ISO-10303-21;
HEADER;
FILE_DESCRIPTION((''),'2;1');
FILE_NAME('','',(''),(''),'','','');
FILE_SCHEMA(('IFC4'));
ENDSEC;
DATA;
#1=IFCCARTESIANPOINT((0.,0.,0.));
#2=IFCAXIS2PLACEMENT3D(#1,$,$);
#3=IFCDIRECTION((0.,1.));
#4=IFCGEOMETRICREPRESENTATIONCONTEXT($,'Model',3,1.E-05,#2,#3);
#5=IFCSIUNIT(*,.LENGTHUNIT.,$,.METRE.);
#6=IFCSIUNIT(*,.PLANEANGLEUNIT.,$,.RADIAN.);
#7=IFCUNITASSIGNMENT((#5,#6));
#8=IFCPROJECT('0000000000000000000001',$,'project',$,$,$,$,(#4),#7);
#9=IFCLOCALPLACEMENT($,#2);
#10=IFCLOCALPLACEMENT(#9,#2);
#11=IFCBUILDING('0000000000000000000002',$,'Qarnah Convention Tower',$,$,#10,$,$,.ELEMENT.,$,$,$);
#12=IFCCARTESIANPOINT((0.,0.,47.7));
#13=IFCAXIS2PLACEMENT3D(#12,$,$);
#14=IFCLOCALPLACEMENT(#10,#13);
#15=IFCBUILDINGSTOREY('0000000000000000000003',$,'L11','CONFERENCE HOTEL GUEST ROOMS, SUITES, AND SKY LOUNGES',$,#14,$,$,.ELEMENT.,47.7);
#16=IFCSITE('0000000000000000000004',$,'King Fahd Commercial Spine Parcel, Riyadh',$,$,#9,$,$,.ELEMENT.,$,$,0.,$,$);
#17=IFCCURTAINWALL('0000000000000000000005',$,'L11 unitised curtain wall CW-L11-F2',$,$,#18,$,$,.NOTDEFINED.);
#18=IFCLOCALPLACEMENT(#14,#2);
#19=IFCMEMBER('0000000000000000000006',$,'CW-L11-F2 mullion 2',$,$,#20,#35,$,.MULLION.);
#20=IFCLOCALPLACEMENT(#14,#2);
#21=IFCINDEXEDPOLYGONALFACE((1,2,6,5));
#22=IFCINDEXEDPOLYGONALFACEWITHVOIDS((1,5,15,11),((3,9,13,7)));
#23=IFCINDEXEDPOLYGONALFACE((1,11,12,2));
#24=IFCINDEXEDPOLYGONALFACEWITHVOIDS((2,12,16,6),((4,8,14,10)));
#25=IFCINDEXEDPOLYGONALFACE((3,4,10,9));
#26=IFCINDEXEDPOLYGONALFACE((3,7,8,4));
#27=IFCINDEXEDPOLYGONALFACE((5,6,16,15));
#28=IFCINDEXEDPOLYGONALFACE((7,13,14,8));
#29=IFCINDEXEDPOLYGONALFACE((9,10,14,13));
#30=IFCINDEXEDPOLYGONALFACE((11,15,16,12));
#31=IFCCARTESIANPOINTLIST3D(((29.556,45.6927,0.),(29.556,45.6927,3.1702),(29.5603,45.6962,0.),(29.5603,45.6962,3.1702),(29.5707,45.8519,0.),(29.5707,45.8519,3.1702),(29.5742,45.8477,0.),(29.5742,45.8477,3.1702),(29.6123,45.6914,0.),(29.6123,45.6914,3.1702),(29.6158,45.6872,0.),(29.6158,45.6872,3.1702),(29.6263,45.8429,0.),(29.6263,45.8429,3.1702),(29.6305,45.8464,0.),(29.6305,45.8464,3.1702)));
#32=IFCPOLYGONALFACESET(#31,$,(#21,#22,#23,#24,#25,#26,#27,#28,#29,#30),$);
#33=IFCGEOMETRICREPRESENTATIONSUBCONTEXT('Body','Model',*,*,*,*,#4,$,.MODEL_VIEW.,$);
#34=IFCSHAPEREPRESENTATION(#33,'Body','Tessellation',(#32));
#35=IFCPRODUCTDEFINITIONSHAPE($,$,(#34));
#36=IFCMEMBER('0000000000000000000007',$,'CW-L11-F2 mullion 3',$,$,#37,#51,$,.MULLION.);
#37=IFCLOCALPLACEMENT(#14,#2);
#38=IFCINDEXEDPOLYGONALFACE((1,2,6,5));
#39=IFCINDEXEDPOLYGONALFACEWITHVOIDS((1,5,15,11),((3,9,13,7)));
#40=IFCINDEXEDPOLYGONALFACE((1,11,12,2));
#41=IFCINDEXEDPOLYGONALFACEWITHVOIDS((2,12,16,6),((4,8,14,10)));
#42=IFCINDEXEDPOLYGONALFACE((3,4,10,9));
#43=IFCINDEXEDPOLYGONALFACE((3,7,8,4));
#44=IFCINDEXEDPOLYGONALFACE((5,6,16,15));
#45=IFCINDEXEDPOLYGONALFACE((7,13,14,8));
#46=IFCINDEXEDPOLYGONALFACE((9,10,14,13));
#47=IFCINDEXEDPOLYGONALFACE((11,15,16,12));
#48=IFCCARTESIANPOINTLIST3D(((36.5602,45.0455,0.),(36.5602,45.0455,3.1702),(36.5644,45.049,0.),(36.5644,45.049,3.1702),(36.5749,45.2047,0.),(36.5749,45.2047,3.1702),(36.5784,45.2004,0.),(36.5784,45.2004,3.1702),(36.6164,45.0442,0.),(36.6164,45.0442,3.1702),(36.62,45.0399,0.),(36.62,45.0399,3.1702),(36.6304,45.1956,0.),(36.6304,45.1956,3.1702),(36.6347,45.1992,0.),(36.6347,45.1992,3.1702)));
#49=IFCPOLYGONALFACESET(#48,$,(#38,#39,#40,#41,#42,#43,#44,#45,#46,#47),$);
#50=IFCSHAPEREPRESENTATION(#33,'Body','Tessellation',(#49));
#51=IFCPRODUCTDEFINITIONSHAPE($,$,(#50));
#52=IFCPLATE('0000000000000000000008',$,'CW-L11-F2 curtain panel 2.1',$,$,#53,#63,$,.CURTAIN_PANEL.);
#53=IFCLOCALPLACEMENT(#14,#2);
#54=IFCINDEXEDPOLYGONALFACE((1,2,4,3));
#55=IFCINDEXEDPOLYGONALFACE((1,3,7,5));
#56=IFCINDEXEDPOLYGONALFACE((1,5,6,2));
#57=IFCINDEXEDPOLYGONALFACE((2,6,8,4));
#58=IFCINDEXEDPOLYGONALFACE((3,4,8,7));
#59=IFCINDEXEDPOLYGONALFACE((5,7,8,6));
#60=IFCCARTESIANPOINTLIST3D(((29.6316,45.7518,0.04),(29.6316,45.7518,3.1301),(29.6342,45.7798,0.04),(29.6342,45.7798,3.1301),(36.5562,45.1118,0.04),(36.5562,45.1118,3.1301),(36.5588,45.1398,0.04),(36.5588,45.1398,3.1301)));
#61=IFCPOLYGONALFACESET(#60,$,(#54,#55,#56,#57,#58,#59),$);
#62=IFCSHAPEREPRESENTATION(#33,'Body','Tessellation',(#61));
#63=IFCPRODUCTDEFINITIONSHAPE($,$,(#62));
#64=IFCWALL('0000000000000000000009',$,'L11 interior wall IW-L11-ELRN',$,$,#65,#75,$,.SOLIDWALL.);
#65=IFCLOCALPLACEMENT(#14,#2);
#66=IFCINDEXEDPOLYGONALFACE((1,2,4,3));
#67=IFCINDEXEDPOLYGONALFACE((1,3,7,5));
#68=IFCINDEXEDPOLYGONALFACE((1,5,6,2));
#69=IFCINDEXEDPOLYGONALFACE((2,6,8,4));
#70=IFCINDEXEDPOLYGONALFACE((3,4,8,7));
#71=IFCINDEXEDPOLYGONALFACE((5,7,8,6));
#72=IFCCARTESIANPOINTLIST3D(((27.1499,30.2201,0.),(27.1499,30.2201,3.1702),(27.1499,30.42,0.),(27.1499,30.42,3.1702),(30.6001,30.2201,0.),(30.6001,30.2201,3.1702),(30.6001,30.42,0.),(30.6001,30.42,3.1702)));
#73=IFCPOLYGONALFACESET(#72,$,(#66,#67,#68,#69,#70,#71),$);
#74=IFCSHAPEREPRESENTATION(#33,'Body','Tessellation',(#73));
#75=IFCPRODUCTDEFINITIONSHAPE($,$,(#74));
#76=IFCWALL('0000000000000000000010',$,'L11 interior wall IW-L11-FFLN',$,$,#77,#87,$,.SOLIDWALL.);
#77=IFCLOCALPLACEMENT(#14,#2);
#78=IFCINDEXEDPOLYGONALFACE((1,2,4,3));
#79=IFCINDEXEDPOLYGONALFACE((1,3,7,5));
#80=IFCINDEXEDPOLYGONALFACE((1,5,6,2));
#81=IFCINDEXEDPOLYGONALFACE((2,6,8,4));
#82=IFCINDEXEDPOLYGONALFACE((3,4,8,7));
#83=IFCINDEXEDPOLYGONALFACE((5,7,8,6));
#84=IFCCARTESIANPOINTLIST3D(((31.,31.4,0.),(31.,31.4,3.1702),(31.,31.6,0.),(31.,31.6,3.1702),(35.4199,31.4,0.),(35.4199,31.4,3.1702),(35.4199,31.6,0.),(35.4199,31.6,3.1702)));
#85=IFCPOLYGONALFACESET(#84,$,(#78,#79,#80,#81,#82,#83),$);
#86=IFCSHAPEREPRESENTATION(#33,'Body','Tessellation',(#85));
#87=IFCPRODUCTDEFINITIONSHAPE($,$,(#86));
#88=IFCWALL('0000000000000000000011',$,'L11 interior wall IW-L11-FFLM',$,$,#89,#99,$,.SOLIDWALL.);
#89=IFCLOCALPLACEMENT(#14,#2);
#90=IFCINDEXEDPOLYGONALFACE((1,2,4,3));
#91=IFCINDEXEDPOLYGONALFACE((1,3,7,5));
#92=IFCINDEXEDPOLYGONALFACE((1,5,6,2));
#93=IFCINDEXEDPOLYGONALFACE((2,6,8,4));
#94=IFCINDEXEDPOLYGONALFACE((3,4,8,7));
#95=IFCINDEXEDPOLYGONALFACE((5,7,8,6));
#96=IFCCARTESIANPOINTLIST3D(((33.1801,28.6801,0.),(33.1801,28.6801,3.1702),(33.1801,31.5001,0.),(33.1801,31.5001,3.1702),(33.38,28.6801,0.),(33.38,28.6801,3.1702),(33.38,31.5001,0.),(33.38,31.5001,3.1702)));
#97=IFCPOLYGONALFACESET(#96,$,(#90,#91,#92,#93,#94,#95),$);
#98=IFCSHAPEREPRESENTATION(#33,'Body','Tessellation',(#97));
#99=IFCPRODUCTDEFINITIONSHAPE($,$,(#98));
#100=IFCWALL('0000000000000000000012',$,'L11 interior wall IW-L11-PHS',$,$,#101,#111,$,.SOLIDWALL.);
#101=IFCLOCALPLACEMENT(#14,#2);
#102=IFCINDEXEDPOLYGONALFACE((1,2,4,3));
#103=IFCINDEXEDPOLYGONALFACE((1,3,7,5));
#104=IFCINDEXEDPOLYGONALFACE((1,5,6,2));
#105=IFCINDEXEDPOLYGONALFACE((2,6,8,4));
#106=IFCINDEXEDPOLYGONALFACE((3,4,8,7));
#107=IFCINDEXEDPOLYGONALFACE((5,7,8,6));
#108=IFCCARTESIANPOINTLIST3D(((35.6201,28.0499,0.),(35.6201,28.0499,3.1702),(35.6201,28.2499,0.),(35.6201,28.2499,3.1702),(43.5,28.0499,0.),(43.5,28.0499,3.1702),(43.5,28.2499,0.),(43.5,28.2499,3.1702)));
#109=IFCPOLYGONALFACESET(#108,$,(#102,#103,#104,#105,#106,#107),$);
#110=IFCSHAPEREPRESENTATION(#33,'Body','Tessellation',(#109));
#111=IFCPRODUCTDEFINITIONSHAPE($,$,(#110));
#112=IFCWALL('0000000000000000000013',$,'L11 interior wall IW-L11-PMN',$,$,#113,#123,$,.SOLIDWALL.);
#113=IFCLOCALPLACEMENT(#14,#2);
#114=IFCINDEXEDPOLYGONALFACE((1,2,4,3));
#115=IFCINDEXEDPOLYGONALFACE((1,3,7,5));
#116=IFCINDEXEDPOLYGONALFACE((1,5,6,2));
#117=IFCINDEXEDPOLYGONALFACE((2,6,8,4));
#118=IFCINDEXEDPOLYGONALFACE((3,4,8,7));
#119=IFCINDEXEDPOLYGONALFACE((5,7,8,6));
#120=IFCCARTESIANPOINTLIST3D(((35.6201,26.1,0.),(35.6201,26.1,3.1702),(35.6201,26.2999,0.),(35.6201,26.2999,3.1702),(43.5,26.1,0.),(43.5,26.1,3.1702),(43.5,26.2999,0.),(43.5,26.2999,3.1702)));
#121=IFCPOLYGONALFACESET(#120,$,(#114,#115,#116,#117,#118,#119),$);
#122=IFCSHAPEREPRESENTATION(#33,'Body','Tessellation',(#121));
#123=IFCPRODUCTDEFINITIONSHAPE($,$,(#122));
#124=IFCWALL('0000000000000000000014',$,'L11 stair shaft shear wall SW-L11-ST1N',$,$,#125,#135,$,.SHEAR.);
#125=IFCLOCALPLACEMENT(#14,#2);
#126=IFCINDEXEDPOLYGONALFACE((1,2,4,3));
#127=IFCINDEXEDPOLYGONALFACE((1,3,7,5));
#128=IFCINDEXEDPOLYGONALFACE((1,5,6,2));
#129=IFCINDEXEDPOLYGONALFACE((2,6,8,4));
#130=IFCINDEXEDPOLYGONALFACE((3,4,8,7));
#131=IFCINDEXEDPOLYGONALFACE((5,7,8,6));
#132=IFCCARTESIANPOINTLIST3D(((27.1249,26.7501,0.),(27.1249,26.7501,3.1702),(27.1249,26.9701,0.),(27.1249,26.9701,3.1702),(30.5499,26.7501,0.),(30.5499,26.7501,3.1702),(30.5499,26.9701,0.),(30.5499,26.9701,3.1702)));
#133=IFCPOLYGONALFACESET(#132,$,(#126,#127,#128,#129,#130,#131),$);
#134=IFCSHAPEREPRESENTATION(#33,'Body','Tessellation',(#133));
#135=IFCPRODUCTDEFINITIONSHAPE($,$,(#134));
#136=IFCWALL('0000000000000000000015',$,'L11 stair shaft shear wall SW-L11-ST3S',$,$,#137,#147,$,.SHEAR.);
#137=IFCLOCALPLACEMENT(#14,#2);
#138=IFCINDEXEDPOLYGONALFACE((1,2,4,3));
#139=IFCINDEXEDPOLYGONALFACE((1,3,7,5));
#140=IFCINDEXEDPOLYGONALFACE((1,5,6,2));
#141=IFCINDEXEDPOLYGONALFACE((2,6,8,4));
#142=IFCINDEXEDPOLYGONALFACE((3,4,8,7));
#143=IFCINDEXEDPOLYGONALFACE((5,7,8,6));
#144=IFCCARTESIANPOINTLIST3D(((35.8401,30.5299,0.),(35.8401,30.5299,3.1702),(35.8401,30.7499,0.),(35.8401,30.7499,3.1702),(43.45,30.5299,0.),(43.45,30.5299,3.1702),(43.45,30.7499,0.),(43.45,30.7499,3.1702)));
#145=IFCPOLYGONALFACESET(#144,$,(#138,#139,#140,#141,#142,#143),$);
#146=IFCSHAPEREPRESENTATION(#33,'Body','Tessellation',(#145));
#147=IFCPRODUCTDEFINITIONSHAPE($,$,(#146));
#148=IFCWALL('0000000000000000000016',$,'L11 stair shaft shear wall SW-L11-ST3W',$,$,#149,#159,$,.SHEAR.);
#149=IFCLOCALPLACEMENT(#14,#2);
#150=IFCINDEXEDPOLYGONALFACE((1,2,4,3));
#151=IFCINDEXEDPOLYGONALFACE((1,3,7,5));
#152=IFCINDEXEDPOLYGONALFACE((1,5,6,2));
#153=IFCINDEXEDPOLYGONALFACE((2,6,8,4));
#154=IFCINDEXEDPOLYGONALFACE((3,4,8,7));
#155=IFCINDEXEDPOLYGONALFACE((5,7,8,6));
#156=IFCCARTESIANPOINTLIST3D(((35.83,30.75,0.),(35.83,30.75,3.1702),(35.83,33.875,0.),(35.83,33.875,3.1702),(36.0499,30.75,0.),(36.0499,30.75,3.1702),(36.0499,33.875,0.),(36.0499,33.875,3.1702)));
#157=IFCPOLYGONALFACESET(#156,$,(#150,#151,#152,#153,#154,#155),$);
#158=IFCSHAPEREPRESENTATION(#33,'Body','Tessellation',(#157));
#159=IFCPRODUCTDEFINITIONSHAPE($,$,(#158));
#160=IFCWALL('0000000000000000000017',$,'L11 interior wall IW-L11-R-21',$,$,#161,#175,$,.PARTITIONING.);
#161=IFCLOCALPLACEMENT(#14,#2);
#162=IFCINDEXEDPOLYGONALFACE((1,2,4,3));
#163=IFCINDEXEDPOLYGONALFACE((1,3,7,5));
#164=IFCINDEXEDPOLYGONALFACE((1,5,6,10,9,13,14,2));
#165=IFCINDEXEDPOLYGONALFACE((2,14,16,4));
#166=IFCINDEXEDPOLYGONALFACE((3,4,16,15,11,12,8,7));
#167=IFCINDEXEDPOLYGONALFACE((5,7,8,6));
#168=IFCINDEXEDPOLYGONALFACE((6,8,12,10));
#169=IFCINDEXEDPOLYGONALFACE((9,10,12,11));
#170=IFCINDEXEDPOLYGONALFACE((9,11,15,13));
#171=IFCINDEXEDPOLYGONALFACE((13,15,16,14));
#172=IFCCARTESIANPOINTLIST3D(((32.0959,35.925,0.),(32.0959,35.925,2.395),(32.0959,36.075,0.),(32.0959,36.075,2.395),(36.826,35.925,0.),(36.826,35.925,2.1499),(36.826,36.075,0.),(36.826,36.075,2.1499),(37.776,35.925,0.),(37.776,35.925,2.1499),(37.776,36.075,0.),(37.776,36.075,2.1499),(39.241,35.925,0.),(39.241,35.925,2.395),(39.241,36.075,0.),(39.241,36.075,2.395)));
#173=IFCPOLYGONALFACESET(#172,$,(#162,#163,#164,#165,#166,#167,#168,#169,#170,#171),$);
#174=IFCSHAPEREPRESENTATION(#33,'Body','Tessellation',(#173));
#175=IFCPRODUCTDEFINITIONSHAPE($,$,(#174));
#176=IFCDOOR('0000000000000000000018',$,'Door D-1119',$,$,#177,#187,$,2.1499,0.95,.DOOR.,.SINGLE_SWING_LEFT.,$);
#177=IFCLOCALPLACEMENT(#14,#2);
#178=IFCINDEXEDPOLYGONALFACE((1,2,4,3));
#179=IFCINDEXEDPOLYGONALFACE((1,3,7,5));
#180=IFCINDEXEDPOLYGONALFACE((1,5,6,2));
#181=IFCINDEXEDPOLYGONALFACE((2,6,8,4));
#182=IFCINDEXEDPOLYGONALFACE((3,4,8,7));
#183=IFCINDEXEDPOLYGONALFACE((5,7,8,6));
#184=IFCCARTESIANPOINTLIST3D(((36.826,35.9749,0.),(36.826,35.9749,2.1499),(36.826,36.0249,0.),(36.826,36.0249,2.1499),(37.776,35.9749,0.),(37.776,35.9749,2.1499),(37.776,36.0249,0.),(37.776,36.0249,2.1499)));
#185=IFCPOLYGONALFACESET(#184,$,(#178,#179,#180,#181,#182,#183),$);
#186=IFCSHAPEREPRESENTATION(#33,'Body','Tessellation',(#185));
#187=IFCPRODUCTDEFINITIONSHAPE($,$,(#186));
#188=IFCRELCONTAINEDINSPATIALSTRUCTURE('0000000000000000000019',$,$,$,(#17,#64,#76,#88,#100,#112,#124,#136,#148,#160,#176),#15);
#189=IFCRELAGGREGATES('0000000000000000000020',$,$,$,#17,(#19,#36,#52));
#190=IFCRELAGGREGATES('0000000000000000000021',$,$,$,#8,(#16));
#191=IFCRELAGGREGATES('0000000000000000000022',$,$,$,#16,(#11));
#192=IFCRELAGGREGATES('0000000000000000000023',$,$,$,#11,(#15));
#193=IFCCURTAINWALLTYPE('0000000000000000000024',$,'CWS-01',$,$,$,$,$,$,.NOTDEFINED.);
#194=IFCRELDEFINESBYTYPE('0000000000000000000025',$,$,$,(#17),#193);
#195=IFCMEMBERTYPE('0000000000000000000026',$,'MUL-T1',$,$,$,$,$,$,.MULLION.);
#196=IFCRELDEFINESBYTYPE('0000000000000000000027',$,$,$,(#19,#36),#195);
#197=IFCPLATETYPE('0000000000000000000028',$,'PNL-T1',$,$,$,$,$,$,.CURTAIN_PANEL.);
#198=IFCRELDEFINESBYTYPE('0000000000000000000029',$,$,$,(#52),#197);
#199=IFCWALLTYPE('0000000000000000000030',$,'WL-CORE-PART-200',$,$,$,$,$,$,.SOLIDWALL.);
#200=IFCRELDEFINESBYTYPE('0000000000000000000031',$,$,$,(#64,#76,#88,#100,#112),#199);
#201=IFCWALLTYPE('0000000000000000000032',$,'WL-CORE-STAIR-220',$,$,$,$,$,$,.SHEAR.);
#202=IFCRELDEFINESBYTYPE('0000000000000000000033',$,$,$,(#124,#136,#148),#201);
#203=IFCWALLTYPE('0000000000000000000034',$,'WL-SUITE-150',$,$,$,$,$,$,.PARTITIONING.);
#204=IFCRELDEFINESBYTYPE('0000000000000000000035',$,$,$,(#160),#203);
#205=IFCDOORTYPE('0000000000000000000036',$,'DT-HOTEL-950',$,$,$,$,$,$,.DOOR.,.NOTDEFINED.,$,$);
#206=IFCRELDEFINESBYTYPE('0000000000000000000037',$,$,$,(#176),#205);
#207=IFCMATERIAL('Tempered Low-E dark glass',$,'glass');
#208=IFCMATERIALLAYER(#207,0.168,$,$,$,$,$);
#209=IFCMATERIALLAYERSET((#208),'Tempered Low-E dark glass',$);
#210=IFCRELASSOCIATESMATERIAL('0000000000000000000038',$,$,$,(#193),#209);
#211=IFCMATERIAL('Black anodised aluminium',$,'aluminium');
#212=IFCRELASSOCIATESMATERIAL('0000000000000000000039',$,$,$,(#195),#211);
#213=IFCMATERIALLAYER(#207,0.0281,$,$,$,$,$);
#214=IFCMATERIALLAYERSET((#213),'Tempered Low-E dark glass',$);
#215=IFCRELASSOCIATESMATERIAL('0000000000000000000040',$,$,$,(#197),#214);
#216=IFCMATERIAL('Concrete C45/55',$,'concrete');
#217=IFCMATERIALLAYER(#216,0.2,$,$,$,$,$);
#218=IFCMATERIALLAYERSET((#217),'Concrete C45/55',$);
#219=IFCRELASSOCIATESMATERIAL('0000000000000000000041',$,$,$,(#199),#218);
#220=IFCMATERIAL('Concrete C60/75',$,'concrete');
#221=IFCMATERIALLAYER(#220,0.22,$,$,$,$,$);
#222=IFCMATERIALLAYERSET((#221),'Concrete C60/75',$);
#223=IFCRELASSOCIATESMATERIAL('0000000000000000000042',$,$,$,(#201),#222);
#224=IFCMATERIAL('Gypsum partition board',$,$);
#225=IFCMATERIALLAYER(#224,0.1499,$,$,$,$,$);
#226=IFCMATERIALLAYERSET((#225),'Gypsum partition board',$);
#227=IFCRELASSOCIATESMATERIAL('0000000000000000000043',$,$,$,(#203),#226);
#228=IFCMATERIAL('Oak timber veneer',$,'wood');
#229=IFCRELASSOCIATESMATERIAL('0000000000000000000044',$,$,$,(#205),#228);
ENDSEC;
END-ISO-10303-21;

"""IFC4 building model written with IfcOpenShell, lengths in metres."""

from ifc_helpers import new_model, si_unit, direction, frame, frame_2d, origin, origin_2d, place, context, subcontext, project, spatial, rectangle, hollow_rectangle, extrude, material, layer, layer_set, material_profile, profile_set, type_object, element, fill, aggregate, save


model = new_model("IFC4")

# Units and contexts
model_context = context("Model", 3, precision=1e-05, world=origin(), true_north=direction((0.0, 1.0)))
body_context = subcontext(model_context, "Body", "Model", "MODEL_VIEW")
ifc_project = project(units=[si_unit("LENGTHUNIT", "METRE"), si_unit("PLANEANGLEUNIT", "RADIAN")], contexts=[model_context])

# Site, building, storey
site_placement = place(None, origin())
site = spatial("IfcSite", under=ifc_project, at=site_placement, Name="King Fahd Commercial Spine Parcel, Riyadh", CompositionType="ELEMENT", RefElevation=0.0)
building_placement = place(site_placement, origin())
building = spatial("IfcBuilding", under=site, at=building_placement, Name="Qarnah Convention Tower", CompositionType="ELEMENT")
storey_placement = place(building_placement, frame((0.0, 0.0, 47.7)))
storey = spatial("IfcBuildingStorey", under=building, at=storey_placement, Name="L11", Description="CONFERENCE HOTEL GUEST ROOMS, SUITES, AND SKY LOUNGES", CompositionType="ELEMENT", Elevation=47.7)

# Shared definitions
ifc_material_1 = material(Name="Concrete C60/75", Category="concrete")

# Curtain wall, members, plate
ifc_material_2 = material(Name="Tempered Low-E dark glass", Category="glass")
ifc_layer_1 = layer(ifc_material_2, 0.168)
ifc_layer_set_1 = layer_set([ifc_layer_1], Name="Tempered Low-E dark glass")
curtain_wall_type = type_object("IfcCurtainWallType", Name="CWS-01", PredefinedType="NOTDEFINED", material=ifc_layer_set_1)
curtain_wall_placement = place(storey_placement, origin())
curtain_wall = element("IfcCurtainWall", 1, at=curtain_wall_placement, inside=storey, type_object=curtain_wall_type, Name="L11 unitised curtain wall CW-L11-F2", PredefinedType="NOTDEFINED")
ifc_material_3 = material(Name="Black anodised aluminium", Category="aluminium")
ifc_material_profile_1 = material_profile(ifc_material_3, hollow_rectangle(XDim=0.0601, YDim=0.1599, WallThickness=0.0039, at=origin_2d()), Name="MUL-60X160")
ifc_profile_set_1 = profile_set([ifc_material_profile_1], Name="Black anodised aluminium")
member_type = type_object("IfcMemberType", Name="MUL-T1", PredefinedType="MULLION", material=ifc_profile_set_1)
member_1_placement = place(storey_placement, frame((29.5933, 45.7695, 0.0), z_axis=(0.0, 0.0, 1.0), x_axis=(0.995756, -0.092038, 0.0)))
member_1 = element("IfcMember", 2, at=member_1_placement, type_object=member_type, Name="CW-L11-F2 mullion 2", PredefinedType="MULLION", context=body_context, shape_type="SweptSolid", body=[
    extrude(hollow_rectangle(XDim=0.0601, YDim=0.1599, WallThickness=0.0039, at=origin_2d()), origin(), (0.0, 0.0, 1.0), 3.1702),
])
member_2_placement = place(storey_placement, frame((36.5974, 45.1223, 0.0), z_axis=(0.0, 0.0, 1.0), x_axis=(0.995756, -0.092038, 0.0)))
member_2 = element("IfcMember", 3, at=member_2_placement, type_object=member_type, Name="CW-L11-F2 mullion 3", PredefinedType="MULLION", context=body_context, shape_type="SweptSolid", body=[
    extrude(hollow_rectangle(XDim=0.0601, YDim=0.1599, WallThickness=0.0039, at=origin_2d()), origin(), (0.0, 0.0, 1.0), 3.1702),
])
ifc_layer_2 = layer(ifc_material_2, 0.0281)
ifc_layer_set_2 = layer_set([ifc_layer_2], Name="Tempered Low-E dark glass")
plate_type = type_object("IfcPlateType", Name="PNL-T1", PredefinedType="CURTAIN_PANEL", material=ifc_layer_set_2)
plate_placement = place(storey_placement, frame((33.0952, 45.4458, 0.04), z_axis=(0.0, 0.0, 1.0), x_axis=(0.995756, -0.092038, 0.0)))
plate = element("IfcPlate", 4, at=plate_placement, type_object=plate_type, Name="CW-L11-F2 curtain panel 2.1", PredefinedType="CURTAIN_PANEL", context=body_context, shape_type="SweptSolid", body=[
    extrude(rectangle(XDim=6.9541, YDim=0.0281, at=origin_2d()), origin(), (0.0, 0.0, 1.0), 3.0901),
])
aggregate(curtain_wall, [member_1, member_2, plate])

# Wall
ifc_material_4 = material(Name="Concrete C45/55", Category="concrete")
ifc_layer_3 = layer(ifc_material_4, 0.2)
ifc_layer_set_3 = layer_set([ifc_layer_3], Name="Concrete C45/55")
wall_type_1 = type_object("IfcWallType", Name="WL-CORE-PART-200", PredefinedType="SOLIDWALL", material=ifc_layer_set_3)
wall_1_placement = place(storey_placement, frame((27.1499, 30.3201, 0.0), z_axis=(0.0, 0.0, 1.0), x_axis=(1.0, 0.0, 0.0)))
element("IfcWall", 5, at=wall_1_placement, inside=storey, type_object=wall_type_1, Name="L11 interior wall IW-L11-ELRN", PredefinedType="SOLIDWALL", context=body_context, shape_type="SweptSolid", body=[
    extrude(rectangle(XDim=3.4502, YDim=0.2, at=frame_2d((1.7251, 0.0))), origin(), (0.0, 0.0, 1.0), 3.1702),
])

# Walls
wall_2_placement = place(storey_placement, frame((31.0, 31.5, 0.0), z_axis=(0.0, 0.0, 1.0), x_axis=(1.0, 0.0, 0.0)))
element("IfcWall", 6, at=wall_2_placement, inside=storey, type_object=wall_type_1, Name="L11 interior wall IW-L11-FFLN", PredefinedType="SOLIDWALL", context=body_context, shape_type="SweptSolid", body=[
    extrude(rectangle(XDim=4.4199, YDim=0.2, at=frame_2d((2.21, 0.0))), origin(), (0.0, 0.0, 1.0), 3.1702),
])
wall_3_placement = place(storey_placement, frame((33.28, 28.6799, 0.0), z_axis=(0.0, 0.0, 1.0), x_axis=(0.0, 1.0, 0.0)))
element("IfcWall", 7, at=wall_3_placement, inside=storey, type_object=wall_type_1, Name="L11 interior wall IW-L11-FFLM", PredefinedType="SOLIDWALL", context=body_context, shape_type="SweptSolid", body=[
    extrude(rectangle(XDim=2.8201, YDim=0.2, at=frame_2d((1.4102, 0.0))), origin(), (0.0, 0.0, 1.0), 3.1702),
])
for number, where, z_axis, x_axis, name in (
    (8, (35.6201, 28.1499, 0.0), (0.0, 0.0, 1.0), (1.0, 0.0, 0.0), "L11 interior wall IW-L11-PHS"),
    (9, (35.6201, 26.2, 0.0), (0.0, 0.0, 1.0), (1.0, 0.0, 0.0), "L11 interior wall IW-L11-PMN"),
):
    element("IfcWall", number, at=place(storey_placement, frame(where, z_axis=z_axis, x_axis=x_axis)), inside=storey, type_object=wall_type_1, Name=name, PredefinedType="SOLIDWALL", context=body_context, shape_type="SweptSolid", body=[
        extrude(rectangle(XDim=7.8799, YDim=0.2, at=frame_2d((3.9399, 0.0))), origin(), (0.0, 0.0, 1.0), 3.1702),
    ])
ifc_layer_4 = layer(ifc_material_1, 0.22)
ifc_layer_set_4 = layer_set([ifc_layer_4], Name="Concrete C60/75")
wall_type_2 = type_object("IfcWallType", Name="WL-CORE-STAIR-220", PredefinedType="SHEAR", material=ifc_layer_set_4)
wall_4_placement = place(storey_placement, frame((27.125, 26.8601, 0.0), z_axis=(0.0, 0.0, 1.0), x_axis=(1.0, 0.0, 0.0)))
element("IfcWall", 10, at=wall_4_placement, inside=storey, type_object=wall_type_2, Name="L11 stair shaft shear wall SW-L11-ST1N", PredefinedType="SHEAR", context=body_context, shape_type="SweptSolid", body=[
    extrude(rectangle(XDim=3.425, YDim=0.22, at=frame_2d((1.7124, 0.0))), origin(), (0.0, 0.0, 1.0), 3.1702),
])
wall_5_placement = place(storey_placement, frame((35.8401, 30.6399, 0.0), z_axis=(0.0, 0.0, 1.0), x_axis=(1.0, 0.0, 0.0)))
element("IfcWall", 11, at=wall_5_placement, inside=storey, type_object=wall_type_2, Name="L11 stair shaft shear wall SW-L11-ST3S", PredefinedType="SHEAR", context=body_context, shape_type="SweptSolid", body=[
    extrude(rectangle(XDim=7.6099, YDim=0.22, at=frame_2d((3.8049, 0.0))), origin(), (0.0, 0.0, 1.0), 3.1702),
])
wall_6_placement = place(storey_placement, frame((35.9399, 30.75, 0.0), z_axis=(0.0, 0.0, 1.0), x_axis=(0.0, 1.0, 0.0)))
element("IfcWall", 12, at=wall_6_placement, inside=storey, type_object=wall_type_2, Name="L11 stair shaft shear wall SW-L11-ST3W", PredefinedType="SHEAR", context=body_context, shape_type="SweptSolid", body=[
    extrude(rectangle(XDim=3.125, YDim=0.22, at=frame_2d((1.5625, 0.0))), origin(), (0.0, 0.0, 1.0), 3.1702),
])

# Wall, opening, door
ifc_material_5 = material(Name="Gypsum partition board")
ifc_layer_5 = layer(ifc_material_5, 0.1499)
ifc_layer_set_5 = layer_set([ifc_layer_5], Name="Gypsum partition board")
wall_type_3 = type_object("IfcWallType", Name="WL-SUITE-150", PredefinedType="PARTITIONING", material=ifc_layer_set_5)
wall_7_placement = place(storey_placement, frame((32.0959, 36.0, 0.0), z_axis=(0.0, 0.0, 1.0), x_axis=(1.0, 0.0, 0.0)))
wall_7 = element("IfcWall", 13, at=wall_7_placement, inside=storey, type_object=wall_type_3, Name="L11 interior wall IW-L11-R-21", PredefinedType="PARTITIONING", context=body_context, shape_type="SweptSolid", body=[
    extrude(rectangle(XDim=7.145, YDim=0.1499, at=frame_2d((3.5725, 0.0))), origin(), (0.0, 0.0, 1.0), 2.395),
])
opening_1_placement = place(wall_7_placement, frame((4.73, 0.0, 0.0)))
opening_1 = element("IfcOpeningElement", 14, at=opening_1_placement, cuts=wall_7, PredefinedType="OPENING", context=body_context, shape_type="SweptSolid", body=[
    extrude(rectangle(XDim=0.95, YDim=2.1499, at=frame_2d((0.4751, 1.075))), frame((0.0, 0.085, 0.0), z_axis=(0.0, -1.0, 0.0), x_axis=(1.0, 0.0, 0.0)), (0.0, 0.0, 1.0), 0.1699),
])
ifc_material_6 = material(Name="Oak timber veneer", Category="wood")
door_type_1 = type_object("IfcDoorType", Name="DT-HOTEL-950", OperationType="NOTDEFINED", PredefinedType="DOOR", material=ifc_material_6)
door_1_placement = place(opening_1_placement, origin())
door_1 = element("IfcDoor", 15, at=door_1_placement, inside=storey, type_object=door_type_1, Name="Door D-1119", OperationType="SINGLE_SWING_LEFT", OverallHeight=2.1499, OverallWidth=0.95, PredefinedType="DOOR", context=body_context, shape_type="SweptSolid", body=[
    extrude(rectangle(XDim=0.95, YDim=2.1499, at=frame_2d((0.4751, 1.075))), frame((0.0, 0.0249, 0.0), z_axis=(0.0, -1.0, 0.0), x_axis=(1.0, 0.0, 0.0)), (0.0, 0.0, 1.0), 0.05),
])
fill(opening_1, door_1)

save(model, "model.ifc")
